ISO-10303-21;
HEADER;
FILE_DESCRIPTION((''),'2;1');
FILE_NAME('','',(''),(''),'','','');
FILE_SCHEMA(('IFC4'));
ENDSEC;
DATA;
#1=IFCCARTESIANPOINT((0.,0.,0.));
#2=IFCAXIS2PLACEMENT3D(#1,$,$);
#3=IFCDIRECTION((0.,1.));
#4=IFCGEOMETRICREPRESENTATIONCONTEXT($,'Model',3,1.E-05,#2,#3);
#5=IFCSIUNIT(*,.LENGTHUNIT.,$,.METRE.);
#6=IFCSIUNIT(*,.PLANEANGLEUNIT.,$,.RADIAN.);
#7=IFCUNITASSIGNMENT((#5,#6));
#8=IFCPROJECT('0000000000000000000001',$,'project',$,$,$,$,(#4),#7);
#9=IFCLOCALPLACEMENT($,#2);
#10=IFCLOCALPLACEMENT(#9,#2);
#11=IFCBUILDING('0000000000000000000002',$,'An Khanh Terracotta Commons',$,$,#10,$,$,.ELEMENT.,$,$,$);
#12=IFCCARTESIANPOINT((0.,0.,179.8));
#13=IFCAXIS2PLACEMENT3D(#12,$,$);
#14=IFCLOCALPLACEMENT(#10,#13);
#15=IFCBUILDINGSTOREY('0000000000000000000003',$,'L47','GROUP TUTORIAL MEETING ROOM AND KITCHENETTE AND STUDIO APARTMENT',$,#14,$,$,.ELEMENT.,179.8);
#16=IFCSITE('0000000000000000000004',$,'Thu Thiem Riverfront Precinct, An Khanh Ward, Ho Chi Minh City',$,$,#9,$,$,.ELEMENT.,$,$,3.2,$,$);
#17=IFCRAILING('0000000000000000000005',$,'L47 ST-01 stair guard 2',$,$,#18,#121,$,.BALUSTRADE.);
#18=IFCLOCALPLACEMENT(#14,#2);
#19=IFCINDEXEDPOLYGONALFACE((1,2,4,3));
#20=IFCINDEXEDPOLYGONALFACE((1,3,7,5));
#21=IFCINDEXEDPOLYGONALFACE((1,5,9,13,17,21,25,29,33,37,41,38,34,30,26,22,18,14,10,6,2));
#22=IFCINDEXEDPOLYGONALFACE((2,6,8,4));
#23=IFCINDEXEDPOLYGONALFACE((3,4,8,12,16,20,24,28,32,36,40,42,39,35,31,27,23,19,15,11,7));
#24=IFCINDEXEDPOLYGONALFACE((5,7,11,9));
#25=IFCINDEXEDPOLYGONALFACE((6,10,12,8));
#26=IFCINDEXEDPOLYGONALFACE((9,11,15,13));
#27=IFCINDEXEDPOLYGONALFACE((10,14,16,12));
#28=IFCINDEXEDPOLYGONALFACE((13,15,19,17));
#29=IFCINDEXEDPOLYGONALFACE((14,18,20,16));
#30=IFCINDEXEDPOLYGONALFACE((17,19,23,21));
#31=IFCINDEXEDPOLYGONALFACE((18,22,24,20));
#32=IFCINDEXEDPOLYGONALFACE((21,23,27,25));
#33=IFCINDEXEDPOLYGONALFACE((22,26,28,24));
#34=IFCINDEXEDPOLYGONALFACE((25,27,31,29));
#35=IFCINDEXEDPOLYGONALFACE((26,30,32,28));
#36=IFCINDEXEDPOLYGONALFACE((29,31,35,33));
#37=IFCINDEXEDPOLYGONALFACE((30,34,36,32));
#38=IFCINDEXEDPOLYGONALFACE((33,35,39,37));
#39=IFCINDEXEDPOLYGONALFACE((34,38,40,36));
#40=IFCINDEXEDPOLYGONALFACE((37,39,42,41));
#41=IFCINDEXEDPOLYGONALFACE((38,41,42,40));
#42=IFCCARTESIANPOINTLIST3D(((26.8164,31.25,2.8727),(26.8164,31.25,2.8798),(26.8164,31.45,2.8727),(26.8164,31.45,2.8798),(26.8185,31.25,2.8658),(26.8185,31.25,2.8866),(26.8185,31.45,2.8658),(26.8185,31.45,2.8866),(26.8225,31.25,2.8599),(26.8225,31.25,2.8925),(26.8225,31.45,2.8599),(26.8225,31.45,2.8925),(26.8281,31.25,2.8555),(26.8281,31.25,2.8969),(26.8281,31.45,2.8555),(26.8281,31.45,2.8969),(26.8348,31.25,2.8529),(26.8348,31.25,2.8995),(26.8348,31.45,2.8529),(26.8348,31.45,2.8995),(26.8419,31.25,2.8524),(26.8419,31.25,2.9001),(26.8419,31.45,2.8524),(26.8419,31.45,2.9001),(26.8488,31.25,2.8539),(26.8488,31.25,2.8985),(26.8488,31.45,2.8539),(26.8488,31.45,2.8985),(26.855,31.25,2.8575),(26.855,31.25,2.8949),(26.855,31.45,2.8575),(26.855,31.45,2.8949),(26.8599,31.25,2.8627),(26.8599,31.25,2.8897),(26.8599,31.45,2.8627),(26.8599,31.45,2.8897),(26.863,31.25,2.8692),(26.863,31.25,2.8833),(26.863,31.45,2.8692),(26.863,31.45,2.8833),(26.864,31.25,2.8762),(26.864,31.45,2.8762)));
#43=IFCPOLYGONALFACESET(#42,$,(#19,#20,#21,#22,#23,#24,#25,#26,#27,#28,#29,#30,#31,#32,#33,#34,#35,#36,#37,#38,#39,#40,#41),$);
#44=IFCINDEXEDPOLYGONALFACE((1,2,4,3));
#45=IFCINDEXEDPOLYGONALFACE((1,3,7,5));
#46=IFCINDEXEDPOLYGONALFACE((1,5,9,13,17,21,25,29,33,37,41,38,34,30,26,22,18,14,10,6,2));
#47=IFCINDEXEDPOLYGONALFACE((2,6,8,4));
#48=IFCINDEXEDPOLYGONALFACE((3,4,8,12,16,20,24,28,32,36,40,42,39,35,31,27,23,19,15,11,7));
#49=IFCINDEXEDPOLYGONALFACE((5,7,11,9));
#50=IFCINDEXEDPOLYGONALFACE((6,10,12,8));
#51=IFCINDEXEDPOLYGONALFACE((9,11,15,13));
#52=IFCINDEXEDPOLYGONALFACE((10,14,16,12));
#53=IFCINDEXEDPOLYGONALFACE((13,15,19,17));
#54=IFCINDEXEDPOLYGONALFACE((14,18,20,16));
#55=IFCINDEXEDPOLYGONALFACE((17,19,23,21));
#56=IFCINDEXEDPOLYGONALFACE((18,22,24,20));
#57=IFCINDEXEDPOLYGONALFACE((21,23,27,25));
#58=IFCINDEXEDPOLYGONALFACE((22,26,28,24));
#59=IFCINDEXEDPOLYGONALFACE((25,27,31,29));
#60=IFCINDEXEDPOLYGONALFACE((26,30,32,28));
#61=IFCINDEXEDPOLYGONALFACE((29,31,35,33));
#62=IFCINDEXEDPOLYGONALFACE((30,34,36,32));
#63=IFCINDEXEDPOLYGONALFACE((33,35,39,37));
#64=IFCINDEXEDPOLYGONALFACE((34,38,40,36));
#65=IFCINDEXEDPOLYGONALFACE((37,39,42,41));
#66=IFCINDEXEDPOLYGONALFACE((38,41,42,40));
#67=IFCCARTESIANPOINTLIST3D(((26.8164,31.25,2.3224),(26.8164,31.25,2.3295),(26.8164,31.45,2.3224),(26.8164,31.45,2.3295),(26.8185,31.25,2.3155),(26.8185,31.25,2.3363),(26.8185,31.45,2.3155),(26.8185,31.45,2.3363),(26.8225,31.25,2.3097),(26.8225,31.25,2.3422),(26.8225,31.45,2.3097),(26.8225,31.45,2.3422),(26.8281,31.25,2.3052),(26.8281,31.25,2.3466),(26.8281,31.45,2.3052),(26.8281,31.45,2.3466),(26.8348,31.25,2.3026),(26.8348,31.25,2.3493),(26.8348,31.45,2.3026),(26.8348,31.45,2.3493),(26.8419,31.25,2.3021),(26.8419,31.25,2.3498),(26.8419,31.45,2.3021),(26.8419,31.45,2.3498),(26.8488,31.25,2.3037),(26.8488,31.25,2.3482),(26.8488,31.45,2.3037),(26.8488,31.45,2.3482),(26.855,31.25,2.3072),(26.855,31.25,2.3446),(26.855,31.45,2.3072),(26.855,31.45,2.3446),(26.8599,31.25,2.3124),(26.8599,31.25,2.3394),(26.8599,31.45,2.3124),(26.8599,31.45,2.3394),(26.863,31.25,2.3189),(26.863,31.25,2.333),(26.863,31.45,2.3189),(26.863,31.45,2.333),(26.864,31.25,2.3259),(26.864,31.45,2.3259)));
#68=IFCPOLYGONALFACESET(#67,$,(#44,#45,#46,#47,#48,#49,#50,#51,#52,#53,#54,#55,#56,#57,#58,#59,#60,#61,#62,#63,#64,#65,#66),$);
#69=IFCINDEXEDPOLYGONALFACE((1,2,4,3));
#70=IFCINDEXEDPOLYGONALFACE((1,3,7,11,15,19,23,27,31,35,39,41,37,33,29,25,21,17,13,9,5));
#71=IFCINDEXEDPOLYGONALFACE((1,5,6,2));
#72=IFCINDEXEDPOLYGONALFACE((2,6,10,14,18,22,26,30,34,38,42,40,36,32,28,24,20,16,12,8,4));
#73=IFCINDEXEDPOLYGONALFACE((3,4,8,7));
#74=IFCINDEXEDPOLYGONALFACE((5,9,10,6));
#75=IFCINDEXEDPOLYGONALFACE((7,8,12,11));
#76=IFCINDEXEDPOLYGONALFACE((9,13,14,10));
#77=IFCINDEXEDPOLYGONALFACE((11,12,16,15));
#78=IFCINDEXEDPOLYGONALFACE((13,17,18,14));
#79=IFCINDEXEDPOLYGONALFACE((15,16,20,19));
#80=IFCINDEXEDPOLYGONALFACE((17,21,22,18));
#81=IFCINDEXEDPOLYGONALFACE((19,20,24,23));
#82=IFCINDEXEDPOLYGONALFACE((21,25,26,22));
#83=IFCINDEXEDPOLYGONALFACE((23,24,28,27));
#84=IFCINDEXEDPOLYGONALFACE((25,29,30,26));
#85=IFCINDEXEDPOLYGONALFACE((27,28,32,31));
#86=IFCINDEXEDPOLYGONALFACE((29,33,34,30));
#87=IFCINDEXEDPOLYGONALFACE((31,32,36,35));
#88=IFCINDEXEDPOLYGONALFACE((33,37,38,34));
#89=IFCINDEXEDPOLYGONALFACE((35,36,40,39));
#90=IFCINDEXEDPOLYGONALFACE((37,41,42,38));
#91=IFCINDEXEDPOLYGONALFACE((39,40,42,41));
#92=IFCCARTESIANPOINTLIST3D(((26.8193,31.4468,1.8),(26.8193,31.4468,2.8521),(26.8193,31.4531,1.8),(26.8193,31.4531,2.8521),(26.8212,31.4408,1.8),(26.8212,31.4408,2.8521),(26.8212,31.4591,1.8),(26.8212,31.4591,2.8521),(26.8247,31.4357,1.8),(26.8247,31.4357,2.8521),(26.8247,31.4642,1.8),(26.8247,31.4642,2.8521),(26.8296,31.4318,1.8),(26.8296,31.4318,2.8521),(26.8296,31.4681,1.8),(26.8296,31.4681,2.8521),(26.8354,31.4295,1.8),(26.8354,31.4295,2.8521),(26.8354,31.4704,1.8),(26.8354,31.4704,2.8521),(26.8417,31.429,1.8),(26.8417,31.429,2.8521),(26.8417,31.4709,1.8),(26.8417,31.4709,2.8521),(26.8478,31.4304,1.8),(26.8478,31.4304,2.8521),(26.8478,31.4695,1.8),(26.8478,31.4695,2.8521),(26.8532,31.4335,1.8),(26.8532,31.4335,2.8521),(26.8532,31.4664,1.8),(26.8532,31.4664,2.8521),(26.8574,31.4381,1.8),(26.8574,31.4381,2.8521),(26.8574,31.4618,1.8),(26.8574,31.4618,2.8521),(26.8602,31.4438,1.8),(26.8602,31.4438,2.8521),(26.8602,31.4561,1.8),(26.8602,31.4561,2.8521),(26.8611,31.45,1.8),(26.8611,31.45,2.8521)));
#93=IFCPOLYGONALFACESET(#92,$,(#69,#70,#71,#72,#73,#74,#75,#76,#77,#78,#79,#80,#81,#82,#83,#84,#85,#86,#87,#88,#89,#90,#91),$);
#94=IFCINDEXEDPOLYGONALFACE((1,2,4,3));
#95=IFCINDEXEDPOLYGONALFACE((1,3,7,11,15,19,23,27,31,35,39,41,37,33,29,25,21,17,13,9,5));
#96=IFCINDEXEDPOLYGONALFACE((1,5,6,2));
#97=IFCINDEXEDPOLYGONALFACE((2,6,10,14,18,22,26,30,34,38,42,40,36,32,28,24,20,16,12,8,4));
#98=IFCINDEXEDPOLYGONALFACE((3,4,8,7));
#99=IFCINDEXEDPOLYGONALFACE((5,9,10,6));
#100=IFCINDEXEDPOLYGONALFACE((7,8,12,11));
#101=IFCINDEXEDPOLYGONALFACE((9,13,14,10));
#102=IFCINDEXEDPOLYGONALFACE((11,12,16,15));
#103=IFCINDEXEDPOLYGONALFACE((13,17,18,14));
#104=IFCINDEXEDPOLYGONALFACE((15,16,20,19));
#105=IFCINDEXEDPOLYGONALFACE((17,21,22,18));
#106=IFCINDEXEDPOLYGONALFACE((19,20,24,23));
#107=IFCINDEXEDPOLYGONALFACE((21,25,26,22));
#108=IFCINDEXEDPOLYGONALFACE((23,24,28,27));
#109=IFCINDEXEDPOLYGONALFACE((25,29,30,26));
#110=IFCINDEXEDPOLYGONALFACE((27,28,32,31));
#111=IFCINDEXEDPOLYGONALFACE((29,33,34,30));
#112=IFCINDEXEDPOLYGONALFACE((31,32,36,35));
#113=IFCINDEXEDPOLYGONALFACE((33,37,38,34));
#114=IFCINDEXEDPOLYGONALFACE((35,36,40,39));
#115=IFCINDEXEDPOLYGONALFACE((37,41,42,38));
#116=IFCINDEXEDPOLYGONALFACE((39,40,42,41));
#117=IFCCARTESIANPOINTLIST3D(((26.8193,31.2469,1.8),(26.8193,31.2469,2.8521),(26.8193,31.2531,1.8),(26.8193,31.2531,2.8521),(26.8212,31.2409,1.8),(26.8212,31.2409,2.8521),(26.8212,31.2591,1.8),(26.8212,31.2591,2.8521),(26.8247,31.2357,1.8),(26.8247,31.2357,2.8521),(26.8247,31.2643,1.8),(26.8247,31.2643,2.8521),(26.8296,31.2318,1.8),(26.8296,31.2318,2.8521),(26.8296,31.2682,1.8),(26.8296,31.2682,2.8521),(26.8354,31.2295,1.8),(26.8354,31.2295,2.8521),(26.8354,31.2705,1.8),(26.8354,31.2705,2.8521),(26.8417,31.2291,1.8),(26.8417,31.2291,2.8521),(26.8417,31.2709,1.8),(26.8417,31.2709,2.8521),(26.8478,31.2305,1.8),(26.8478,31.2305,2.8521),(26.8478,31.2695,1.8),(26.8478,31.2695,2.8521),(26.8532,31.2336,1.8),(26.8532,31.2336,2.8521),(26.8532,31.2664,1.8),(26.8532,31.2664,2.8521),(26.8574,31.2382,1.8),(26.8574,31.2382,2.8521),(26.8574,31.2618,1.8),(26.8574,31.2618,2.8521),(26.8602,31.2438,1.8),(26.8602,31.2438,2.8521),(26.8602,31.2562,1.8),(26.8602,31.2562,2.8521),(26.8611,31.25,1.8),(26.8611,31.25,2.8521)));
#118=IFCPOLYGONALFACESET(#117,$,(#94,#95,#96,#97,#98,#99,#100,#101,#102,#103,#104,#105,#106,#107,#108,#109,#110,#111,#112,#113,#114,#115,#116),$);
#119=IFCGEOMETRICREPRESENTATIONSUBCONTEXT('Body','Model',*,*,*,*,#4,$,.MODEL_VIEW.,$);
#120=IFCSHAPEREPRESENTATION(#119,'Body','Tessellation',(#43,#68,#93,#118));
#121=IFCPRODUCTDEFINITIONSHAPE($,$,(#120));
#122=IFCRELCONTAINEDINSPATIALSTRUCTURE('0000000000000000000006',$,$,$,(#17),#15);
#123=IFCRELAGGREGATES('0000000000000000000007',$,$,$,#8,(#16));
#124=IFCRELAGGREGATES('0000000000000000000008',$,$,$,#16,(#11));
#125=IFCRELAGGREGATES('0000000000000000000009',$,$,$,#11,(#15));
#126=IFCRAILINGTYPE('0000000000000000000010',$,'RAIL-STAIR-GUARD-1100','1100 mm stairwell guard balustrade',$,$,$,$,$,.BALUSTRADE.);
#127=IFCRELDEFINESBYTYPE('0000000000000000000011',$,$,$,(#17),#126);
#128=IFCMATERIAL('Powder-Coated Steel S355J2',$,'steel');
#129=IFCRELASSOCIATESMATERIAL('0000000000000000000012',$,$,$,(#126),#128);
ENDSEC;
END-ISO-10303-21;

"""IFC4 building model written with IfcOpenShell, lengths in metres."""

from ifc_helpers import new_model, si_unit, direction, frame, origin, origin_2d, place, context, subcontext, project, spatial, circle, extrude, material, type_object, element, save


model = new_model("IFC4")

# Units and contexts
model_context = context("Model", 3, precision=1e-05, world=origin(), true_north=direction((0.0, 1.0)))
body_context = subcontext(model_context, "Body", "Model", "MODEL_VIEW")
ifc_project = project(units=[si_unit("LENGTHUNIT", "METRE"), si_unit("PLANEANGLEUNIT", "RADIAN")], contexts=[model_context])

# Site, building, storey
site_placement = place(None, origin())
site = spatial("IfcSite", under=ifc_project, at=site_placement, Name="Thu Thiem Riverfront Precinct, An Khanh Ward, Ho Chi Minh City", CompositionType="ELEMENT", RefElevation=3.2)
building_placement = place(site_placement, origin())
building = spatial("IfcBuilding", under=site, at=building_placement, Name="An Khanh Terracotta Commons", CompositionType="ELEMENT")
storey_placement = place(building_placement, frame((0.0, 0.0, 179.8)))
storey = spatial("IfcBuildingStorey", under=building, at=storey_placement, Name="L47", Description="GROUP TUTORIAL MEETING ROOM AND KITCHENETTE AND STUDIO APARTMENT", CompositionType="ELEMENT", Elevation=179.8)

# Railing
ifc_material_1 = material(Name="Powder-Coated Steel S355J2", Category="steel")
railing_type_1 = type_object("IfcRailingType", Name="RAIL-STAIR-GUARD-1100", Description="1100 mm stairwell guard balustrade", PredefinedType="BALUSTRADE", material=ifc_material_1)
railing_1_placement = place(storey_placement, frame((26.8401, 31.45, 1.8)))
element("IfcRailing", 1, at=railing_1_placement, inside=storey, type_object=railing_type_1, Name="L47 ST-01 stair guard 2", PredefinedType="BALUSTRADE", context=body_context, shape_type="SweptSolid", body=[
    extrude(circle(Radius=0.0239, at=origin_2d()), frame((0.0, 0.0, 1.0762), z_axis=(0.0, -1.0, 0.0), x_axis=(1.0, 0.0, 0.0)), (0.0, 0.0, 1.0), 0.2),
    extrude(circle(Radius=0.0239, at=origin_2d()), frame((0.0, 0.0, 0.5259), z_axis=(0.0, -1.0, 0.0), x_axis=(1.0, 0.0, 0.0)), (0.0, 0.0, 1.0), 0.2),
    extrude(circle(Radius=0.021, at=origin_2d()), origin(), (0.0, 0.0, 1.0), 1.052),
    extrude(circle(Radius=0.021, at=origin_2d()), frame((0.0, -0.2, 0.0)), (0.0, 0.0, 1.0), 1.052),
])

save(model, "model.ifc")
